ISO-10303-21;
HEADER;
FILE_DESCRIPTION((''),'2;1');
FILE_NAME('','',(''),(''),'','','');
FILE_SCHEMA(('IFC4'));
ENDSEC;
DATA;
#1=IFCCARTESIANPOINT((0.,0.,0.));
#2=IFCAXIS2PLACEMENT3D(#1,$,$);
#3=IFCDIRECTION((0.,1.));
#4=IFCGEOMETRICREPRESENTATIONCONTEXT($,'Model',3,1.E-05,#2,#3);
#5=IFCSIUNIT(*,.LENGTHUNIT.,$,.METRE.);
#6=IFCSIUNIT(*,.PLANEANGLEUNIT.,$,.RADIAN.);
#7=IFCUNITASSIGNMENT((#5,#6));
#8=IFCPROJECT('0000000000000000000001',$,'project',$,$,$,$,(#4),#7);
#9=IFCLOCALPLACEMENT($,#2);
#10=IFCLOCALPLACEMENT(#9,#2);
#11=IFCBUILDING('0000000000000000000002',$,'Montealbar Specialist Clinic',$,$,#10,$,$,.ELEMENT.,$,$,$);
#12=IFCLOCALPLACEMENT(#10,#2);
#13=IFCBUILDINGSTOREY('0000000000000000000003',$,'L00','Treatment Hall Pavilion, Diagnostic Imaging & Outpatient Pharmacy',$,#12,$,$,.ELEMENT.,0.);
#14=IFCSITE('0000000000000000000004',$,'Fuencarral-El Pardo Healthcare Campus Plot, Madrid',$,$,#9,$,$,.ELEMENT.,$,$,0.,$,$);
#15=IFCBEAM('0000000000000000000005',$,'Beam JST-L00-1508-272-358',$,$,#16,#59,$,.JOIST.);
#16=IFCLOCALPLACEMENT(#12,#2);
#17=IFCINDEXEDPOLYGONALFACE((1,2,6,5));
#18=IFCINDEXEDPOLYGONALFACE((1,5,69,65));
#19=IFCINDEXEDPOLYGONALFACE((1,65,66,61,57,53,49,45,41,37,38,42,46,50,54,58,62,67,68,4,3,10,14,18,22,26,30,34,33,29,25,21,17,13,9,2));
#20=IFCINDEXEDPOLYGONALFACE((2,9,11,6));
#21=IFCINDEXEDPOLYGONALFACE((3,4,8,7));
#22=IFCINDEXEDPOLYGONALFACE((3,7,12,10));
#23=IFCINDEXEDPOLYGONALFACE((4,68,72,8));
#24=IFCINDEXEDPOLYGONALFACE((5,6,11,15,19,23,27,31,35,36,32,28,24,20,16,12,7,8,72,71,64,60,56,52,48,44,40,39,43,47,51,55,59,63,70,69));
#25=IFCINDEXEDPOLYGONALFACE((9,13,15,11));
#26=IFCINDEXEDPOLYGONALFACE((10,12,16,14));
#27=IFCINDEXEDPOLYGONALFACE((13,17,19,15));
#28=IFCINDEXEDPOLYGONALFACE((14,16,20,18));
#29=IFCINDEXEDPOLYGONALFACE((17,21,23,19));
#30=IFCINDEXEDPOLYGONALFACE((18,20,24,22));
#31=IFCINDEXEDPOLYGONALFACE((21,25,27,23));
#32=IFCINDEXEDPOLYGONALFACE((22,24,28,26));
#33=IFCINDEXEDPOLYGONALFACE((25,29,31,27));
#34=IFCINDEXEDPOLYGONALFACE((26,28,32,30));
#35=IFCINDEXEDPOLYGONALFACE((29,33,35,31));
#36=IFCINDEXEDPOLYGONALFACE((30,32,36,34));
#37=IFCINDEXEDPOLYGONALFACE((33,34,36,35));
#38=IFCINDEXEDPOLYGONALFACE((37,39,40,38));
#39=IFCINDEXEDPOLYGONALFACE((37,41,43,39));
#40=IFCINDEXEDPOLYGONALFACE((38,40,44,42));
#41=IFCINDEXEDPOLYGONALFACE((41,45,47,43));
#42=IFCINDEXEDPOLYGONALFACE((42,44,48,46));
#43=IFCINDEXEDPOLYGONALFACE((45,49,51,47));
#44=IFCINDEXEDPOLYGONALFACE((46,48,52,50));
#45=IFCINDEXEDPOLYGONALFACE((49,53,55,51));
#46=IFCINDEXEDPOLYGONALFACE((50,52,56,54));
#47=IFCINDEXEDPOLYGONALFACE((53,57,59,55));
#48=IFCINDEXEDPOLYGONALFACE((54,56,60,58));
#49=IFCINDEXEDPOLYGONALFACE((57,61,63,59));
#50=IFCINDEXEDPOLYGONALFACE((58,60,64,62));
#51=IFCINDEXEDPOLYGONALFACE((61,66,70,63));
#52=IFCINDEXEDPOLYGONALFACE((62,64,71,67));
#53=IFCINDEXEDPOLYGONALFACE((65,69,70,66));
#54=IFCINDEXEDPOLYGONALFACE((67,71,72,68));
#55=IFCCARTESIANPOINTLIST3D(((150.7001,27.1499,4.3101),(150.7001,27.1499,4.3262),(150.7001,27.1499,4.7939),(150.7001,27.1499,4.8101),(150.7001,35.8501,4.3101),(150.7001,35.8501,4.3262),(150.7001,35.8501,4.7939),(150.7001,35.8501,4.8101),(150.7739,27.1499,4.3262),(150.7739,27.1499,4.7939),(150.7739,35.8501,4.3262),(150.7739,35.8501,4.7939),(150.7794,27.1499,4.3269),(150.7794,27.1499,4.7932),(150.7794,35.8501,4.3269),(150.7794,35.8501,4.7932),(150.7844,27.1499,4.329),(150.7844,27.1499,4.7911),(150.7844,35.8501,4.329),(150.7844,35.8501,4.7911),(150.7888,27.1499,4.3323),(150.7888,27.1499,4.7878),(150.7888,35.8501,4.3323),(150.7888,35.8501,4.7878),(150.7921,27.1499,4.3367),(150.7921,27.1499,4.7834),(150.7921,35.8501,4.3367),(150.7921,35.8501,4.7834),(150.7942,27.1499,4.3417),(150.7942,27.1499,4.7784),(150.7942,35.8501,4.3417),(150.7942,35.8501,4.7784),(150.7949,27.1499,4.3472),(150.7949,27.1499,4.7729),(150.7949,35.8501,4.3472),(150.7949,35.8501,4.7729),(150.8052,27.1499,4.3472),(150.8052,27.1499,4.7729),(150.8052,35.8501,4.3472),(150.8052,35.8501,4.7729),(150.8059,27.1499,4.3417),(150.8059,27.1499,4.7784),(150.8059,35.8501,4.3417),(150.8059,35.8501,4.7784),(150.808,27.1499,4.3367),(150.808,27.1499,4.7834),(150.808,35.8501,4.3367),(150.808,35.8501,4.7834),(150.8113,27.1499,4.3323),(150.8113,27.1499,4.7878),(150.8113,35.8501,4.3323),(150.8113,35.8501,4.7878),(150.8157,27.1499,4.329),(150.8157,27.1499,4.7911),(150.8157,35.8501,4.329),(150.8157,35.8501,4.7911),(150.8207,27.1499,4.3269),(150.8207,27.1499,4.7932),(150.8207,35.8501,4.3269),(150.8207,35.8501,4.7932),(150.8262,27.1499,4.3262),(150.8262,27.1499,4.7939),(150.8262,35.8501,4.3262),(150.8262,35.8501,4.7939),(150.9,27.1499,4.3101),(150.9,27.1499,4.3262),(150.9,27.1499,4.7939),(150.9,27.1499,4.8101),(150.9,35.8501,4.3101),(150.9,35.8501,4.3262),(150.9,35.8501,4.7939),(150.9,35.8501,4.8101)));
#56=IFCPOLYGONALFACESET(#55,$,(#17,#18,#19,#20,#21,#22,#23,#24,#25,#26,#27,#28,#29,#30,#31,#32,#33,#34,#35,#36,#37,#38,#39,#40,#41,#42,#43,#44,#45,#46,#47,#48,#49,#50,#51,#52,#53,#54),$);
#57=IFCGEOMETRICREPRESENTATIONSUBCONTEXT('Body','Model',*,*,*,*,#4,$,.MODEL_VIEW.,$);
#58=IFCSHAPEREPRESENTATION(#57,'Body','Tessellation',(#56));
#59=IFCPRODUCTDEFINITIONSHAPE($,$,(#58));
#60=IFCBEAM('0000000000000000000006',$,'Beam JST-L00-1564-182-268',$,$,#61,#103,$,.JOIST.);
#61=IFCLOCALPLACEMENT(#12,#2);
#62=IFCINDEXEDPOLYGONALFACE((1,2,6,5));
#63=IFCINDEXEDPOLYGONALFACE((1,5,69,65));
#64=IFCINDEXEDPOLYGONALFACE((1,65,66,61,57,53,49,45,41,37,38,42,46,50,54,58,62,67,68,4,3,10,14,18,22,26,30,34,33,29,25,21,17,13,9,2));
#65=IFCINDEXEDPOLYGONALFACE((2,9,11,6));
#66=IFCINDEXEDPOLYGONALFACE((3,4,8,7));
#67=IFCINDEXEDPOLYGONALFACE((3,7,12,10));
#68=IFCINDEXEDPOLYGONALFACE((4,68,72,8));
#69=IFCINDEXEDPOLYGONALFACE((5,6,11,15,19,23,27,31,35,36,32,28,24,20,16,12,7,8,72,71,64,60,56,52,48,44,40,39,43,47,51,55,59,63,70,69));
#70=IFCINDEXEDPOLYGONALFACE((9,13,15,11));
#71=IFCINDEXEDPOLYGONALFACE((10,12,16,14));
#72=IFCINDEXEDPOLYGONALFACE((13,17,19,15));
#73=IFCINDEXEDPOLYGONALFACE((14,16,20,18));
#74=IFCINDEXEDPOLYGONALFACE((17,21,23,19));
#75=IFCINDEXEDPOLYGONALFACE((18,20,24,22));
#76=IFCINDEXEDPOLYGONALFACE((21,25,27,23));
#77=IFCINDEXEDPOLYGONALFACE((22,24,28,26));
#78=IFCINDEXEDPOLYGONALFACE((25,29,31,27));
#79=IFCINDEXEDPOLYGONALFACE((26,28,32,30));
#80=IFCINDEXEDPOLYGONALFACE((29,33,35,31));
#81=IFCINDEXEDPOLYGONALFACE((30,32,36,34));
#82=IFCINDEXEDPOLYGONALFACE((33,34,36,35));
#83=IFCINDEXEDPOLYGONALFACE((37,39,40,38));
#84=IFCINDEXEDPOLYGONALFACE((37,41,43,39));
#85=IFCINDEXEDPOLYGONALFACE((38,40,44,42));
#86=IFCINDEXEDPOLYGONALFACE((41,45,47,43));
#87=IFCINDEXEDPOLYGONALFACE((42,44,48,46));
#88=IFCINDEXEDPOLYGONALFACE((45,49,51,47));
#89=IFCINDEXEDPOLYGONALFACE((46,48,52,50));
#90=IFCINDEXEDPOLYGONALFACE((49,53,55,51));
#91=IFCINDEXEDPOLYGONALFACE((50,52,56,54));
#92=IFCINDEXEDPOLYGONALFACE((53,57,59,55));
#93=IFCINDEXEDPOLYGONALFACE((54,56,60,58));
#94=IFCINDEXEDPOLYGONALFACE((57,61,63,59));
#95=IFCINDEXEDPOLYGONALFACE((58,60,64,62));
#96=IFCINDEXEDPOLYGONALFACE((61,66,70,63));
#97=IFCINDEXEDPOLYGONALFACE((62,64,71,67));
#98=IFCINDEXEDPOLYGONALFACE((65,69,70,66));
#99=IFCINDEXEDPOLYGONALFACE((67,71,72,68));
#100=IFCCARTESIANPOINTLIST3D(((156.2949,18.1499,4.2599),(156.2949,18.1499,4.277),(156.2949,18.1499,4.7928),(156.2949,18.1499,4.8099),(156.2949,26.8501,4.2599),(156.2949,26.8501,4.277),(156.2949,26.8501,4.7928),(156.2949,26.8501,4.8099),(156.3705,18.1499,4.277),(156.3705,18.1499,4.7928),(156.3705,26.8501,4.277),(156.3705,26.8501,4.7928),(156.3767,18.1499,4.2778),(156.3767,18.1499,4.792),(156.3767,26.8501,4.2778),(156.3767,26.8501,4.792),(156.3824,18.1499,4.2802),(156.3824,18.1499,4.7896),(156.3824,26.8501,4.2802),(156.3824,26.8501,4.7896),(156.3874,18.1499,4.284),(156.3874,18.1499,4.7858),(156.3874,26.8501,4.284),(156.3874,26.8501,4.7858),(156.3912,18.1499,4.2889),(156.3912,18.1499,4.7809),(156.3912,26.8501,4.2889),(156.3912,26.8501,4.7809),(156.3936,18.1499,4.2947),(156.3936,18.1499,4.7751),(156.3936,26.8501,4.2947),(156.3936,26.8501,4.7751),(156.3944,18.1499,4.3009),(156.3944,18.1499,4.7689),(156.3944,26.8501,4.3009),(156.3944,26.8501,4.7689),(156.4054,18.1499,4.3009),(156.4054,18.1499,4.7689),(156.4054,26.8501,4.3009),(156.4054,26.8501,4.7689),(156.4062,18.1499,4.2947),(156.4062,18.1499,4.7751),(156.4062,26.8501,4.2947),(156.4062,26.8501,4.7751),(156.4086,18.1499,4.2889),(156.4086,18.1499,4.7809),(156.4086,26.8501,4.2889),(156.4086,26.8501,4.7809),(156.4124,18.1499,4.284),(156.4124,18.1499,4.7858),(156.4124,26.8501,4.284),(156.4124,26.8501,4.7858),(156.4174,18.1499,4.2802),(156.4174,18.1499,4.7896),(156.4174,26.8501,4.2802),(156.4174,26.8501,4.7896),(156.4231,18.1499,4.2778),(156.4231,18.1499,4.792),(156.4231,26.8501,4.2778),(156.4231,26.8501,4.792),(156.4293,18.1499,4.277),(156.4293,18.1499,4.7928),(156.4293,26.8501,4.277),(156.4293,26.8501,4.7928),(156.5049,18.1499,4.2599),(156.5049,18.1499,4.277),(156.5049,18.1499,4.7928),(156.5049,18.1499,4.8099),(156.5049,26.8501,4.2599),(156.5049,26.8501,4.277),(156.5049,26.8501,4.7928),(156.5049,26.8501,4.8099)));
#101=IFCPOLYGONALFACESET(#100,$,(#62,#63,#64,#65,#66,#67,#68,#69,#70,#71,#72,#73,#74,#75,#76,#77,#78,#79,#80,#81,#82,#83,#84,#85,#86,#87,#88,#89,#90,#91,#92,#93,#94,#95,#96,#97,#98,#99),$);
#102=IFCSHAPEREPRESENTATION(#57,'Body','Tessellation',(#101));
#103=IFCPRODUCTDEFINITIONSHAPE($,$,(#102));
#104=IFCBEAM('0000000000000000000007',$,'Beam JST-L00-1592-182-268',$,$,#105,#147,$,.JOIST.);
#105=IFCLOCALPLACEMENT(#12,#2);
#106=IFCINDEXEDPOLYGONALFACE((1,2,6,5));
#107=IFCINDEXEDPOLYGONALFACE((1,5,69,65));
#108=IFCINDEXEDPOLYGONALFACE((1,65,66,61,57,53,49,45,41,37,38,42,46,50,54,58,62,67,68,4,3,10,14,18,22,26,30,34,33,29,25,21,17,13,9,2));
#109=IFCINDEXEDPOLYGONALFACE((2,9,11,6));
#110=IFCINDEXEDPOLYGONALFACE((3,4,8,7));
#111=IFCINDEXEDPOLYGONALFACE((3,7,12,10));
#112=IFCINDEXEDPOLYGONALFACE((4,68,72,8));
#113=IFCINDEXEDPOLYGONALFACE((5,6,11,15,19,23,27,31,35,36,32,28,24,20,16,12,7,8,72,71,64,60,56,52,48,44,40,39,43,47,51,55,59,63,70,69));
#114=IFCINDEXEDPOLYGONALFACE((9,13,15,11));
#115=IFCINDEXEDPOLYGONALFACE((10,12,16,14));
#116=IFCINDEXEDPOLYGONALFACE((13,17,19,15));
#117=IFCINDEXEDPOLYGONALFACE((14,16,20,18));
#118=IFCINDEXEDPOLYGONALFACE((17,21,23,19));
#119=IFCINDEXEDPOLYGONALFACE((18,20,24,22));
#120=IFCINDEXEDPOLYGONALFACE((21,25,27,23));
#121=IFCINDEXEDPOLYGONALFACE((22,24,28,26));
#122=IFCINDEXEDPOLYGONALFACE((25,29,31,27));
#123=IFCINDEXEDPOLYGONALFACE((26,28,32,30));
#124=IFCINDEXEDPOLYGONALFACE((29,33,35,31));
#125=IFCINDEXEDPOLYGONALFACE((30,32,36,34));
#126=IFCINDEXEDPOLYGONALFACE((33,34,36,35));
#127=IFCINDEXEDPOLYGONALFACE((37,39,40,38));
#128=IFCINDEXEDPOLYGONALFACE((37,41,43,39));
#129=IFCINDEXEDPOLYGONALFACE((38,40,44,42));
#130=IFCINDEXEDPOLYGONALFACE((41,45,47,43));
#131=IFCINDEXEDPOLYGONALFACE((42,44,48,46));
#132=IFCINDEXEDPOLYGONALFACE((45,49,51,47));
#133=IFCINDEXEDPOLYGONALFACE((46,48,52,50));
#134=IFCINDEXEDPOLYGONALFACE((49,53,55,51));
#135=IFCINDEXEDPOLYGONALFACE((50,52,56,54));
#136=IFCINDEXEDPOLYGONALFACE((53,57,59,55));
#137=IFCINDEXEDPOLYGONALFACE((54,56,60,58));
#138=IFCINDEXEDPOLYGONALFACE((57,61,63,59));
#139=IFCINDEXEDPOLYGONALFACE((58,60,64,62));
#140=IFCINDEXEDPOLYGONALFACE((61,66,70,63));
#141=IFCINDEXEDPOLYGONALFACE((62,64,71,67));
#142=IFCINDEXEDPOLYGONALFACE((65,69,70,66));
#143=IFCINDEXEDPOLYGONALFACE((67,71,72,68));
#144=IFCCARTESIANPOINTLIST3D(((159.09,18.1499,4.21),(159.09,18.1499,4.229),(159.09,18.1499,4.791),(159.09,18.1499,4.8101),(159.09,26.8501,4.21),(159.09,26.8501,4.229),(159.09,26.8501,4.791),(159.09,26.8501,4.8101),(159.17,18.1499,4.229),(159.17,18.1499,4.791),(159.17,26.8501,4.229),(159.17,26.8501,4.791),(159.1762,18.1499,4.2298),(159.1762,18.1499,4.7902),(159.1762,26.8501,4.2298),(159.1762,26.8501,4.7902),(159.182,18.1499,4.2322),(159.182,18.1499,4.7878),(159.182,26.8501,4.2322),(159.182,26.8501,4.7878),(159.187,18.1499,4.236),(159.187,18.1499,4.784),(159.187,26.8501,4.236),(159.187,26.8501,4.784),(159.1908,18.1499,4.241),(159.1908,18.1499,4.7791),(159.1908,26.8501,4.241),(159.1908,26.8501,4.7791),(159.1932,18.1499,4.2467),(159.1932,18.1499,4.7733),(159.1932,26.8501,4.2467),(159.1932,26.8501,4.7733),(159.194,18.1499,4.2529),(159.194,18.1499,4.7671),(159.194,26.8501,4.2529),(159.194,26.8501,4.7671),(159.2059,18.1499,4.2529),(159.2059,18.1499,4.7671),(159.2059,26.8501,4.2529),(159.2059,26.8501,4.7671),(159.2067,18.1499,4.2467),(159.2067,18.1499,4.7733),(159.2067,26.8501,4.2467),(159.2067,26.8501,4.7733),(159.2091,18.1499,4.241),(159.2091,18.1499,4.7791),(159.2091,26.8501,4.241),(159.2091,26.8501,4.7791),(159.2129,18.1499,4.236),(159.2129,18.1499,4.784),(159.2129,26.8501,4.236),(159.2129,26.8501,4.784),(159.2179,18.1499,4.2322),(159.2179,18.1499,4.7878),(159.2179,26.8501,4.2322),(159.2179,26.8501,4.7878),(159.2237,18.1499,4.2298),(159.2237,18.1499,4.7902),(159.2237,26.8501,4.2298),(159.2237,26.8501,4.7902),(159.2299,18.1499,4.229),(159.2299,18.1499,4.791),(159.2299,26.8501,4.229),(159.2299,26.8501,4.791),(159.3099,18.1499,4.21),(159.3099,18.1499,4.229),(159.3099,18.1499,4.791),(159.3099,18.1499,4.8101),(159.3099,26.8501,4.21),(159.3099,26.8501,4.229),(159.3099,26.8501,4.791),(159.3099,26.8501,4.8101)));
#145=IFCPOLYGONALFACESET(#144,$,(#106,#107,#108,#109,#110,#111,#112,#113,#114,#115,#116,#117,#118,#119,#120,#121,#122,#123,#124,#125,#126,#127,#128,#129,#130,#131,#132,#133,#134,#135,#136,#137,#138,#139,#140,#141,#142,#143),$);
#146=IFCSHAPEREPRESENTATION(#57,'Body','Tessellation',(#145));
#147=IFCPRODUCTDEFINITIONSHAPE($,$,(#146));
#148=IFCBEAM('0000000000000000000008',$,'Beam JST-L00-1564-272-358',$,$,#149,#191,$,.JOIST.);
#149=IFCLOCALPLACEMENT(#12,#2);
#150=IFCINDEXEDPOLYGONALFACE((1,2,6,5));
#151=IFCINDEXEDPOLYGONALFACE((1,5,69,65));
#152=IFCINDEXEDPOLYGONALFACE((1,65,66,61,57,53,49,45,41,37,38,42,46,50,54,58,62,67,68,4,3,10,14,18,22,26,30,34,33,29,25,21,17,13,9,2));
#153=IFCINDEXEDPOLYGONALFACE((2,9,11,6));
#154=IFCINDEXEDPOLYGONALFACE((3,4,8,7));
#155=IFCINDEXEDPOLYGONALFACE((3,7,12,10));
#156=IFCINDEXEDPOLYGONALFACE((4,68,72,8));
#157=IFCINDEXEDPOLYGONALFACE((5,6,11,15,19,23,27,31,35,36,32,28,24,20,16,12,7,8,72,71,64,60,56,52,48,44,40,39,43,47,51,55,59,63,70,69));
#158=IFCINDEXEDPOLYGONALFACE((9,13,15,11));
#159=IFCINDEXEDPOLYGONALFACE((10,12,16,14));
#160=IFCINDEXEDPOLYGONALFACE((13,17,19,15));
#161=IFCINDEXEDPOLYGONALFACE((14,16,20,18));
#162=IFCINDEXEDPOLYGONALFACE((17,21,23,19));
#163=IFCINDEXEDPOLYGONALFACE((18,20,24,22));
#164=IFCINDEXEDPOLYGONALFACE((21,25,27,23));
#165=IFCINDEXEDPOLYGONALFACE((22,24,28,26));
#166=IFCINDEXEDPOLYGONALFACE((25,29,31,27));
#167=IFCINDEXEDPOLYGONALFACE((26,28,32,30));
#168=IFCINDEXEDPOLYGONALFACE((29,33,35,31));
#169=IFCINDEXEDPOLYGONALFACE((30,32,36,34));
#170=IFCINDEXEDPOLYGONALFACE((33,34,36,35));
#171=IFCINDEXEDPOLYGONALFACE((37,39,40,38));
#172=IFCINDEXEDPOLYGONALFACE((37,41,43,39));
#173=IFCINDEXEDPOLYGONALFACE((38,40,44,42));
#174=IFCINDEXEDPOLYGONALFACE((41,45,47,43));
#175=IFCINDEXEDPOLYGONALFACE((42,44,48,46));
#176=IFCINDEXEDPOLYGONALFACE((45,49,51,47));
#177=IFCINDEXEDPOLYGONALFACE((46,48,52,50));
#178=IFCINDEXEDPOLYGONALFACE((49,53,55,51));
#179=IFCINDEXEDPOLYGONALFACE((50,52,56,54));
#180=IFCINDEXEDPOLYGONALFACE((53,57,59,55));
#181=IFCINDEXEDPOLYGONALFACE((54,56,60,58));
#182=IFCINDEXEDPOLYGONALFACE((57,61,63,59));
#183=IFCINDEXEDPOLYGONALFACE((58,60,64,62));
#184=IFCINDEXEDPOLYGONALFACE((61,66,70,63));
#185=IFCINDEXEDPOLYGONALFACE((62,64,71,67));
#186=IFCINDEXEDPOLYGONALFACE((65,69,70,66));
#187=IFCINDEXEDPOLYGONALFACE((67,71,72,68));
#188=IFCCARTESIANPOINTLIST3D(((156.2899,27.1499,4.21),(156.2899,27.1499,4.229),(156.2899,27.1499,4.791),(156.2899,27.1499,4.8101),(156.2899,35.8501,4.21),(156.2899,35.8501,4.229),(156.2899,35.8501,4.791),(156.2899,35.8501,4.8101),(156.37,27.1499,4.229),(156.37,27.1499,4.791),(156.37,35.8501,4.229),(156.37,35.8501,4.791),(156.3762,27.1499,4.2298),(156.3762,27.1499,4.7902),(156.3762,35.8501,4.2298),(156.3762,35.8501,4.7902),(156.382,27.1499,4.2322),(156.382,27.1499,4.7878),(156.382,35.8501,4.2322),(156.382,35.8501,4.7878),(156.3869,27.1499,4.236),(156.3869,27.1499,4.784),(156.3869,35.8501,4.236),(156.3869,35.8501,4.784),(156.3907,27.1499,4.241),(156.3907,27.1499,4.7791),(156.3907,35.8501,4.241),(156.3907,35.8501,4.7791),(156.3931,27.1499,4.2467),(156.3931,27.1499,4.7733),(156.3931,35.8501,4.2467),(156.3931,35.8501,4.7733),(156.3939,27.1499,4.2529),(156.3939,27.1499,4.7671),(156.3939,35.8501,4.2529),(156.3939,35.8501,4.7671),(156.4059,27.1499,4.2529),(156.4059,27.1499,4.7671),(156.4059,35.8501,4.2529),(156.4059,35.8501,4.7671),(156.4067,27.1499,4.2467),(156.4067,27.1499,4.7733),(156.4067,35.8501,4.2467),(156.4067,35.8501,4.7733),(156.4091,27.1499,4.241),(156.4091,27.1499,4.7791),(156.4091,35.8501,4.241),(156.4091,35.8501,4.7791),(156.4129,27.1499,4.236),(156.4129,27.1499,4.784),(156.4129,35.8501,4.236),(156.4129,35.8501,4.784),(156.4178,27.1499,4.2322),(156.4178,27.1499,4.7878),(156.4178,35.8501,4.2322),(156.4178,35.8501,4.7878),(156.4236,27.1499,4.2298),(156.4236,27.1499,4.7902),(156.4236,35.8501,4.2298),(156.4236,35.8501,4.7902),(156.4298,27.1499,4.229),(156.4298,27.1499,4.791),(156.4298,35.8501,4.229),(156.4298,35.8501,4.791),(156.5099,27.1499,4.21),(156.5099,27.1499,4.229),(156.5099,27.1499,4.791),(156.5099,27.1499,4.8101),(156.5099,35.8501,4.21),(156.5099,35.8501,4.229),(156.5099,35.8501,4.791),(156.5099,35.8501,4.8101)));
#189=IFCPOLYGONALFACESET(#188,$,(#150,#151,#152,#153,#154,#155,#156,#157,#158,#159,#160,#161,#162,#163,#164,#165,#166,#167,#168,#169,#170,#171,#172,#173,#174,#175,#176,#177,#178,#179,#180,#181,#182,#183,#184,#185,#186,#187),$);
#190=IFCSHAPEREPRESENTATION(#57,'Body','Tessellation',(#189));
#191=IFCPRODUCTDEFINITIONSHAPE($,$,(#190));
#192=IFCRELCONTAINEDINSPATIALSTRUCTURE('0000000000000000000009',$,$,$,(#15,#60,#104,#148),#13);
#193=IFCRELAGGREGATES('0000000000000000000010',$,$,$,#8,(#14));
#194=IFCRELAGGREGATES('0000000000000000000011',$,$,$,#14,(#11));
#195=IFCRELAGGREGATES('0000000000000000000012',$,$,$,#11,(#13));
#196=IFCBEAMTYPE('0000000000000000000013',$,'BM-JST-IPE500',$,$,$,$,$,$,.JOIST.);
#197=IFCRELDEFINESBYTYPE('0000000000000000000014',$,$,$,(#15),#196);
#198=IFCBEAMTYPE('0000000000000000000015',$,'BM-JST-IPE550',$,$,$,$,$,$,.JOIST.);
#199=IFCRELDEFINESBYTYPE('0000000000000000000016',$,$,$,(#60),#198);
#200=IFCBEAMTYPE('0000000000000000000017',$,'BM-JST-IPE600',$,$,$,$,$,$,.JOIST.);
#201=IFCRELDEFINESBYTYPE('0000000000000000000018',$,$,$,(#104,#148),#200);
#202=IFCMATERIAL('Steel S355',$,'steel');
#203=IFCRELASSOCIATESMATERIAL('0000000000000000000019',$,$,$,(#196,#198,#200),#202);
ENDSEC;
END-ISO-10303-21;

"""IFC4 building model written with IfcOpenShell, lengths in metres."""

from ifc_helpers import new_model, si_unit, direction, frame, origin, origin_2d, place, context, subcontext, project, spatial, i_section, extrude, material, material_profile, profile_set, type_object, element, save


model = new_model("IFC4")

# Units and contexts
model_context = context("Model", 3, precision=1e-05, world=origin(), true_north=direction((0.0, 1.0)))
body_context = subcontext(model_context, "Body", "Model", "MODEL_VIEW")
ifc_project = project(units=[si_unit("LENGTHUNIT", "METRE"), si_unit("PLANEANGLEUNIT", "RADIAN")], contexts=[model_context])

# Site, building, storey
site_placement = place(None, origin())
site = spatial("IfcSite", under=ifc_project, at=site_placement, Name="Fuencarral-El Pardo Healthcare Campus Plot, Madrid", CompositionType="ELEMENT", RefElevation=0.0)
building_placement = place(site_placement, origin())
building = spatial("IfcBuilding", under=site, at=building_placement, Name="Montealbar Specialist Clinic", CompositionType="ELEMENT")
storey_placement = place(building_placement, origin())
storey = spatial("IfcBuildingStorey", under=building, at=storey_placement, Name="L00", Description="Treatment Hall Pavilion, Diagnostic Imaging & Outpatient Pharmacy", CompositionType="ELEMENT", Elevation=0.0)

# Shared definitions
ifc_material_1 = material(Name="Steel S355", Category="steel")

# Beams
ifc_material_profile_1 = material_profile(ifc_material_1, i_section(OverallWidth=0.2, OverallDepth=0.5, WebThickness=0.0103, FlangeThickness=0.0161, FilletRadius=0.021, at=origin_2d()), Name="IPE 500", Category="steel")
ifc_profile_set_1 = profile_set([ifc_material_profile_1], Name="Steel S355")
beam_type_1 = type_object("IfcBeamType", Name="BM-JST-IPE500", PredefinedType="JOIST", material=ifc_profile_set_1)
beam_1_placement = place(storey_placement, frame((150.8, 27.1499, 4.5601), z_axis=(0.0, 1.0, 0.0), x_axis=(-1.0, 0.0, 0.0)))
element("IfcBeam", 1, at=beam_1_placement, inside=storey, type_object=beam_type_1, Name="Beam JST-L00-1508-272-358", PredefinedType="JOIST", context=body_context, shape_type="SweptSolid", body=[
    extrude(i_section(OverallWidth=0.2, OverallDepth=0.5, WebThickness=0.0103, FlangeThickness=0.0161, FilletRadius=0.021, at=origin_2d()), origin(), (0.0, 0.0, 1.0), 8.7002),
])
ifc_material_profile_2 = material_profile(ifc_material_1, i_section(OverallWidth=0.21, OverallDepth=0.55, WebThickness=0.011, FlangeThickness=0.0171, FilletRadius=0.0239, at=origin_2d()), Name="IPE 550", Category="steel")
ifc_profile_set_2 = profile_set([ifc_material_profile_2], Name="Steel S355")
beam_type_2 = type_object("IfcBeamType", Name="BM-JST-IPE550", PredefinedType="JOIST", material=ifc_profile_set_2)
beam_2_placement = place(storey_placement, frame((156.3999, 18.1499, 4.5349), z_axis=(0.0, 1.0, 0.0), x_axis=(-1.0, 0.0, 0.0)))
element("IfcBeam", 2, at=beam_2_placement, inside=storey, type_object=beam_type_2, Name="Beam JST-L00-1564-182-268", PredefinedType="JOIST", context=body_context, shape_type="SweptSolid", body=[
    extrude(i_section(OverallWidth=0.21, OverallDepth=0.55, WebThickness=0.011, FlangeThickness=0.0171, FilletRadius=0.0239, at=origin_2d()), origin(), (0.0, 0.0, 1.0), 8.7002),
])
ifc_material_profile_3 = material_profile(ifc_material_1, i_section(OverallWidth=0.22, OverallDepth=0.6001, WebThickness=0.012, FlangeThickness=0.019, FilletRadius=0.0239, at=origin_2d()), Name="IPE 600", Category="steel")
ifc_profile_set_3 = profile_set([ifc_material_profile_3], Name="Steel S355")
beam_type_3 = type_object("IfcBeamType", Name="BM-JST-IPE600", PredefinedType="JOIST", material=ifc_profile_set_3)
for number, where, z_axis, x_axis, name in (
    (3, (159.2, 18.1499, 4.51), (0.0, 1.0, 0.0), (-1.0, 0.0, 0.0), "Beam JST-L00-1592-182-268"),
    (4, (156.3999, 27.1499, 4.51), (0.0, 1.0, 0.0), (-1.0, 0.0, 0.0), "Beam JST-L00-1564-272-358"),
):
    element("IfcBeam", number, at=place(storey_placement, frame(where, z_axis=z_axis, x_axis=x_axis)), inside=storey, type_object=beam_type_3, Name=name, PredefinedType="JOIST", context=body_context, shape_type="SweptSolid", body=[
        extrude(i_section(OverallWidth=0.22, OverallDepth=0.6001, WebThickness=0.012, FlangeThickness=0.019, FilletRadius=0.0239, at=origin_2d()), origin(), (0.0, 0.0, 1.0), 8.7002),
    ])

save(model, "model.ifc")
